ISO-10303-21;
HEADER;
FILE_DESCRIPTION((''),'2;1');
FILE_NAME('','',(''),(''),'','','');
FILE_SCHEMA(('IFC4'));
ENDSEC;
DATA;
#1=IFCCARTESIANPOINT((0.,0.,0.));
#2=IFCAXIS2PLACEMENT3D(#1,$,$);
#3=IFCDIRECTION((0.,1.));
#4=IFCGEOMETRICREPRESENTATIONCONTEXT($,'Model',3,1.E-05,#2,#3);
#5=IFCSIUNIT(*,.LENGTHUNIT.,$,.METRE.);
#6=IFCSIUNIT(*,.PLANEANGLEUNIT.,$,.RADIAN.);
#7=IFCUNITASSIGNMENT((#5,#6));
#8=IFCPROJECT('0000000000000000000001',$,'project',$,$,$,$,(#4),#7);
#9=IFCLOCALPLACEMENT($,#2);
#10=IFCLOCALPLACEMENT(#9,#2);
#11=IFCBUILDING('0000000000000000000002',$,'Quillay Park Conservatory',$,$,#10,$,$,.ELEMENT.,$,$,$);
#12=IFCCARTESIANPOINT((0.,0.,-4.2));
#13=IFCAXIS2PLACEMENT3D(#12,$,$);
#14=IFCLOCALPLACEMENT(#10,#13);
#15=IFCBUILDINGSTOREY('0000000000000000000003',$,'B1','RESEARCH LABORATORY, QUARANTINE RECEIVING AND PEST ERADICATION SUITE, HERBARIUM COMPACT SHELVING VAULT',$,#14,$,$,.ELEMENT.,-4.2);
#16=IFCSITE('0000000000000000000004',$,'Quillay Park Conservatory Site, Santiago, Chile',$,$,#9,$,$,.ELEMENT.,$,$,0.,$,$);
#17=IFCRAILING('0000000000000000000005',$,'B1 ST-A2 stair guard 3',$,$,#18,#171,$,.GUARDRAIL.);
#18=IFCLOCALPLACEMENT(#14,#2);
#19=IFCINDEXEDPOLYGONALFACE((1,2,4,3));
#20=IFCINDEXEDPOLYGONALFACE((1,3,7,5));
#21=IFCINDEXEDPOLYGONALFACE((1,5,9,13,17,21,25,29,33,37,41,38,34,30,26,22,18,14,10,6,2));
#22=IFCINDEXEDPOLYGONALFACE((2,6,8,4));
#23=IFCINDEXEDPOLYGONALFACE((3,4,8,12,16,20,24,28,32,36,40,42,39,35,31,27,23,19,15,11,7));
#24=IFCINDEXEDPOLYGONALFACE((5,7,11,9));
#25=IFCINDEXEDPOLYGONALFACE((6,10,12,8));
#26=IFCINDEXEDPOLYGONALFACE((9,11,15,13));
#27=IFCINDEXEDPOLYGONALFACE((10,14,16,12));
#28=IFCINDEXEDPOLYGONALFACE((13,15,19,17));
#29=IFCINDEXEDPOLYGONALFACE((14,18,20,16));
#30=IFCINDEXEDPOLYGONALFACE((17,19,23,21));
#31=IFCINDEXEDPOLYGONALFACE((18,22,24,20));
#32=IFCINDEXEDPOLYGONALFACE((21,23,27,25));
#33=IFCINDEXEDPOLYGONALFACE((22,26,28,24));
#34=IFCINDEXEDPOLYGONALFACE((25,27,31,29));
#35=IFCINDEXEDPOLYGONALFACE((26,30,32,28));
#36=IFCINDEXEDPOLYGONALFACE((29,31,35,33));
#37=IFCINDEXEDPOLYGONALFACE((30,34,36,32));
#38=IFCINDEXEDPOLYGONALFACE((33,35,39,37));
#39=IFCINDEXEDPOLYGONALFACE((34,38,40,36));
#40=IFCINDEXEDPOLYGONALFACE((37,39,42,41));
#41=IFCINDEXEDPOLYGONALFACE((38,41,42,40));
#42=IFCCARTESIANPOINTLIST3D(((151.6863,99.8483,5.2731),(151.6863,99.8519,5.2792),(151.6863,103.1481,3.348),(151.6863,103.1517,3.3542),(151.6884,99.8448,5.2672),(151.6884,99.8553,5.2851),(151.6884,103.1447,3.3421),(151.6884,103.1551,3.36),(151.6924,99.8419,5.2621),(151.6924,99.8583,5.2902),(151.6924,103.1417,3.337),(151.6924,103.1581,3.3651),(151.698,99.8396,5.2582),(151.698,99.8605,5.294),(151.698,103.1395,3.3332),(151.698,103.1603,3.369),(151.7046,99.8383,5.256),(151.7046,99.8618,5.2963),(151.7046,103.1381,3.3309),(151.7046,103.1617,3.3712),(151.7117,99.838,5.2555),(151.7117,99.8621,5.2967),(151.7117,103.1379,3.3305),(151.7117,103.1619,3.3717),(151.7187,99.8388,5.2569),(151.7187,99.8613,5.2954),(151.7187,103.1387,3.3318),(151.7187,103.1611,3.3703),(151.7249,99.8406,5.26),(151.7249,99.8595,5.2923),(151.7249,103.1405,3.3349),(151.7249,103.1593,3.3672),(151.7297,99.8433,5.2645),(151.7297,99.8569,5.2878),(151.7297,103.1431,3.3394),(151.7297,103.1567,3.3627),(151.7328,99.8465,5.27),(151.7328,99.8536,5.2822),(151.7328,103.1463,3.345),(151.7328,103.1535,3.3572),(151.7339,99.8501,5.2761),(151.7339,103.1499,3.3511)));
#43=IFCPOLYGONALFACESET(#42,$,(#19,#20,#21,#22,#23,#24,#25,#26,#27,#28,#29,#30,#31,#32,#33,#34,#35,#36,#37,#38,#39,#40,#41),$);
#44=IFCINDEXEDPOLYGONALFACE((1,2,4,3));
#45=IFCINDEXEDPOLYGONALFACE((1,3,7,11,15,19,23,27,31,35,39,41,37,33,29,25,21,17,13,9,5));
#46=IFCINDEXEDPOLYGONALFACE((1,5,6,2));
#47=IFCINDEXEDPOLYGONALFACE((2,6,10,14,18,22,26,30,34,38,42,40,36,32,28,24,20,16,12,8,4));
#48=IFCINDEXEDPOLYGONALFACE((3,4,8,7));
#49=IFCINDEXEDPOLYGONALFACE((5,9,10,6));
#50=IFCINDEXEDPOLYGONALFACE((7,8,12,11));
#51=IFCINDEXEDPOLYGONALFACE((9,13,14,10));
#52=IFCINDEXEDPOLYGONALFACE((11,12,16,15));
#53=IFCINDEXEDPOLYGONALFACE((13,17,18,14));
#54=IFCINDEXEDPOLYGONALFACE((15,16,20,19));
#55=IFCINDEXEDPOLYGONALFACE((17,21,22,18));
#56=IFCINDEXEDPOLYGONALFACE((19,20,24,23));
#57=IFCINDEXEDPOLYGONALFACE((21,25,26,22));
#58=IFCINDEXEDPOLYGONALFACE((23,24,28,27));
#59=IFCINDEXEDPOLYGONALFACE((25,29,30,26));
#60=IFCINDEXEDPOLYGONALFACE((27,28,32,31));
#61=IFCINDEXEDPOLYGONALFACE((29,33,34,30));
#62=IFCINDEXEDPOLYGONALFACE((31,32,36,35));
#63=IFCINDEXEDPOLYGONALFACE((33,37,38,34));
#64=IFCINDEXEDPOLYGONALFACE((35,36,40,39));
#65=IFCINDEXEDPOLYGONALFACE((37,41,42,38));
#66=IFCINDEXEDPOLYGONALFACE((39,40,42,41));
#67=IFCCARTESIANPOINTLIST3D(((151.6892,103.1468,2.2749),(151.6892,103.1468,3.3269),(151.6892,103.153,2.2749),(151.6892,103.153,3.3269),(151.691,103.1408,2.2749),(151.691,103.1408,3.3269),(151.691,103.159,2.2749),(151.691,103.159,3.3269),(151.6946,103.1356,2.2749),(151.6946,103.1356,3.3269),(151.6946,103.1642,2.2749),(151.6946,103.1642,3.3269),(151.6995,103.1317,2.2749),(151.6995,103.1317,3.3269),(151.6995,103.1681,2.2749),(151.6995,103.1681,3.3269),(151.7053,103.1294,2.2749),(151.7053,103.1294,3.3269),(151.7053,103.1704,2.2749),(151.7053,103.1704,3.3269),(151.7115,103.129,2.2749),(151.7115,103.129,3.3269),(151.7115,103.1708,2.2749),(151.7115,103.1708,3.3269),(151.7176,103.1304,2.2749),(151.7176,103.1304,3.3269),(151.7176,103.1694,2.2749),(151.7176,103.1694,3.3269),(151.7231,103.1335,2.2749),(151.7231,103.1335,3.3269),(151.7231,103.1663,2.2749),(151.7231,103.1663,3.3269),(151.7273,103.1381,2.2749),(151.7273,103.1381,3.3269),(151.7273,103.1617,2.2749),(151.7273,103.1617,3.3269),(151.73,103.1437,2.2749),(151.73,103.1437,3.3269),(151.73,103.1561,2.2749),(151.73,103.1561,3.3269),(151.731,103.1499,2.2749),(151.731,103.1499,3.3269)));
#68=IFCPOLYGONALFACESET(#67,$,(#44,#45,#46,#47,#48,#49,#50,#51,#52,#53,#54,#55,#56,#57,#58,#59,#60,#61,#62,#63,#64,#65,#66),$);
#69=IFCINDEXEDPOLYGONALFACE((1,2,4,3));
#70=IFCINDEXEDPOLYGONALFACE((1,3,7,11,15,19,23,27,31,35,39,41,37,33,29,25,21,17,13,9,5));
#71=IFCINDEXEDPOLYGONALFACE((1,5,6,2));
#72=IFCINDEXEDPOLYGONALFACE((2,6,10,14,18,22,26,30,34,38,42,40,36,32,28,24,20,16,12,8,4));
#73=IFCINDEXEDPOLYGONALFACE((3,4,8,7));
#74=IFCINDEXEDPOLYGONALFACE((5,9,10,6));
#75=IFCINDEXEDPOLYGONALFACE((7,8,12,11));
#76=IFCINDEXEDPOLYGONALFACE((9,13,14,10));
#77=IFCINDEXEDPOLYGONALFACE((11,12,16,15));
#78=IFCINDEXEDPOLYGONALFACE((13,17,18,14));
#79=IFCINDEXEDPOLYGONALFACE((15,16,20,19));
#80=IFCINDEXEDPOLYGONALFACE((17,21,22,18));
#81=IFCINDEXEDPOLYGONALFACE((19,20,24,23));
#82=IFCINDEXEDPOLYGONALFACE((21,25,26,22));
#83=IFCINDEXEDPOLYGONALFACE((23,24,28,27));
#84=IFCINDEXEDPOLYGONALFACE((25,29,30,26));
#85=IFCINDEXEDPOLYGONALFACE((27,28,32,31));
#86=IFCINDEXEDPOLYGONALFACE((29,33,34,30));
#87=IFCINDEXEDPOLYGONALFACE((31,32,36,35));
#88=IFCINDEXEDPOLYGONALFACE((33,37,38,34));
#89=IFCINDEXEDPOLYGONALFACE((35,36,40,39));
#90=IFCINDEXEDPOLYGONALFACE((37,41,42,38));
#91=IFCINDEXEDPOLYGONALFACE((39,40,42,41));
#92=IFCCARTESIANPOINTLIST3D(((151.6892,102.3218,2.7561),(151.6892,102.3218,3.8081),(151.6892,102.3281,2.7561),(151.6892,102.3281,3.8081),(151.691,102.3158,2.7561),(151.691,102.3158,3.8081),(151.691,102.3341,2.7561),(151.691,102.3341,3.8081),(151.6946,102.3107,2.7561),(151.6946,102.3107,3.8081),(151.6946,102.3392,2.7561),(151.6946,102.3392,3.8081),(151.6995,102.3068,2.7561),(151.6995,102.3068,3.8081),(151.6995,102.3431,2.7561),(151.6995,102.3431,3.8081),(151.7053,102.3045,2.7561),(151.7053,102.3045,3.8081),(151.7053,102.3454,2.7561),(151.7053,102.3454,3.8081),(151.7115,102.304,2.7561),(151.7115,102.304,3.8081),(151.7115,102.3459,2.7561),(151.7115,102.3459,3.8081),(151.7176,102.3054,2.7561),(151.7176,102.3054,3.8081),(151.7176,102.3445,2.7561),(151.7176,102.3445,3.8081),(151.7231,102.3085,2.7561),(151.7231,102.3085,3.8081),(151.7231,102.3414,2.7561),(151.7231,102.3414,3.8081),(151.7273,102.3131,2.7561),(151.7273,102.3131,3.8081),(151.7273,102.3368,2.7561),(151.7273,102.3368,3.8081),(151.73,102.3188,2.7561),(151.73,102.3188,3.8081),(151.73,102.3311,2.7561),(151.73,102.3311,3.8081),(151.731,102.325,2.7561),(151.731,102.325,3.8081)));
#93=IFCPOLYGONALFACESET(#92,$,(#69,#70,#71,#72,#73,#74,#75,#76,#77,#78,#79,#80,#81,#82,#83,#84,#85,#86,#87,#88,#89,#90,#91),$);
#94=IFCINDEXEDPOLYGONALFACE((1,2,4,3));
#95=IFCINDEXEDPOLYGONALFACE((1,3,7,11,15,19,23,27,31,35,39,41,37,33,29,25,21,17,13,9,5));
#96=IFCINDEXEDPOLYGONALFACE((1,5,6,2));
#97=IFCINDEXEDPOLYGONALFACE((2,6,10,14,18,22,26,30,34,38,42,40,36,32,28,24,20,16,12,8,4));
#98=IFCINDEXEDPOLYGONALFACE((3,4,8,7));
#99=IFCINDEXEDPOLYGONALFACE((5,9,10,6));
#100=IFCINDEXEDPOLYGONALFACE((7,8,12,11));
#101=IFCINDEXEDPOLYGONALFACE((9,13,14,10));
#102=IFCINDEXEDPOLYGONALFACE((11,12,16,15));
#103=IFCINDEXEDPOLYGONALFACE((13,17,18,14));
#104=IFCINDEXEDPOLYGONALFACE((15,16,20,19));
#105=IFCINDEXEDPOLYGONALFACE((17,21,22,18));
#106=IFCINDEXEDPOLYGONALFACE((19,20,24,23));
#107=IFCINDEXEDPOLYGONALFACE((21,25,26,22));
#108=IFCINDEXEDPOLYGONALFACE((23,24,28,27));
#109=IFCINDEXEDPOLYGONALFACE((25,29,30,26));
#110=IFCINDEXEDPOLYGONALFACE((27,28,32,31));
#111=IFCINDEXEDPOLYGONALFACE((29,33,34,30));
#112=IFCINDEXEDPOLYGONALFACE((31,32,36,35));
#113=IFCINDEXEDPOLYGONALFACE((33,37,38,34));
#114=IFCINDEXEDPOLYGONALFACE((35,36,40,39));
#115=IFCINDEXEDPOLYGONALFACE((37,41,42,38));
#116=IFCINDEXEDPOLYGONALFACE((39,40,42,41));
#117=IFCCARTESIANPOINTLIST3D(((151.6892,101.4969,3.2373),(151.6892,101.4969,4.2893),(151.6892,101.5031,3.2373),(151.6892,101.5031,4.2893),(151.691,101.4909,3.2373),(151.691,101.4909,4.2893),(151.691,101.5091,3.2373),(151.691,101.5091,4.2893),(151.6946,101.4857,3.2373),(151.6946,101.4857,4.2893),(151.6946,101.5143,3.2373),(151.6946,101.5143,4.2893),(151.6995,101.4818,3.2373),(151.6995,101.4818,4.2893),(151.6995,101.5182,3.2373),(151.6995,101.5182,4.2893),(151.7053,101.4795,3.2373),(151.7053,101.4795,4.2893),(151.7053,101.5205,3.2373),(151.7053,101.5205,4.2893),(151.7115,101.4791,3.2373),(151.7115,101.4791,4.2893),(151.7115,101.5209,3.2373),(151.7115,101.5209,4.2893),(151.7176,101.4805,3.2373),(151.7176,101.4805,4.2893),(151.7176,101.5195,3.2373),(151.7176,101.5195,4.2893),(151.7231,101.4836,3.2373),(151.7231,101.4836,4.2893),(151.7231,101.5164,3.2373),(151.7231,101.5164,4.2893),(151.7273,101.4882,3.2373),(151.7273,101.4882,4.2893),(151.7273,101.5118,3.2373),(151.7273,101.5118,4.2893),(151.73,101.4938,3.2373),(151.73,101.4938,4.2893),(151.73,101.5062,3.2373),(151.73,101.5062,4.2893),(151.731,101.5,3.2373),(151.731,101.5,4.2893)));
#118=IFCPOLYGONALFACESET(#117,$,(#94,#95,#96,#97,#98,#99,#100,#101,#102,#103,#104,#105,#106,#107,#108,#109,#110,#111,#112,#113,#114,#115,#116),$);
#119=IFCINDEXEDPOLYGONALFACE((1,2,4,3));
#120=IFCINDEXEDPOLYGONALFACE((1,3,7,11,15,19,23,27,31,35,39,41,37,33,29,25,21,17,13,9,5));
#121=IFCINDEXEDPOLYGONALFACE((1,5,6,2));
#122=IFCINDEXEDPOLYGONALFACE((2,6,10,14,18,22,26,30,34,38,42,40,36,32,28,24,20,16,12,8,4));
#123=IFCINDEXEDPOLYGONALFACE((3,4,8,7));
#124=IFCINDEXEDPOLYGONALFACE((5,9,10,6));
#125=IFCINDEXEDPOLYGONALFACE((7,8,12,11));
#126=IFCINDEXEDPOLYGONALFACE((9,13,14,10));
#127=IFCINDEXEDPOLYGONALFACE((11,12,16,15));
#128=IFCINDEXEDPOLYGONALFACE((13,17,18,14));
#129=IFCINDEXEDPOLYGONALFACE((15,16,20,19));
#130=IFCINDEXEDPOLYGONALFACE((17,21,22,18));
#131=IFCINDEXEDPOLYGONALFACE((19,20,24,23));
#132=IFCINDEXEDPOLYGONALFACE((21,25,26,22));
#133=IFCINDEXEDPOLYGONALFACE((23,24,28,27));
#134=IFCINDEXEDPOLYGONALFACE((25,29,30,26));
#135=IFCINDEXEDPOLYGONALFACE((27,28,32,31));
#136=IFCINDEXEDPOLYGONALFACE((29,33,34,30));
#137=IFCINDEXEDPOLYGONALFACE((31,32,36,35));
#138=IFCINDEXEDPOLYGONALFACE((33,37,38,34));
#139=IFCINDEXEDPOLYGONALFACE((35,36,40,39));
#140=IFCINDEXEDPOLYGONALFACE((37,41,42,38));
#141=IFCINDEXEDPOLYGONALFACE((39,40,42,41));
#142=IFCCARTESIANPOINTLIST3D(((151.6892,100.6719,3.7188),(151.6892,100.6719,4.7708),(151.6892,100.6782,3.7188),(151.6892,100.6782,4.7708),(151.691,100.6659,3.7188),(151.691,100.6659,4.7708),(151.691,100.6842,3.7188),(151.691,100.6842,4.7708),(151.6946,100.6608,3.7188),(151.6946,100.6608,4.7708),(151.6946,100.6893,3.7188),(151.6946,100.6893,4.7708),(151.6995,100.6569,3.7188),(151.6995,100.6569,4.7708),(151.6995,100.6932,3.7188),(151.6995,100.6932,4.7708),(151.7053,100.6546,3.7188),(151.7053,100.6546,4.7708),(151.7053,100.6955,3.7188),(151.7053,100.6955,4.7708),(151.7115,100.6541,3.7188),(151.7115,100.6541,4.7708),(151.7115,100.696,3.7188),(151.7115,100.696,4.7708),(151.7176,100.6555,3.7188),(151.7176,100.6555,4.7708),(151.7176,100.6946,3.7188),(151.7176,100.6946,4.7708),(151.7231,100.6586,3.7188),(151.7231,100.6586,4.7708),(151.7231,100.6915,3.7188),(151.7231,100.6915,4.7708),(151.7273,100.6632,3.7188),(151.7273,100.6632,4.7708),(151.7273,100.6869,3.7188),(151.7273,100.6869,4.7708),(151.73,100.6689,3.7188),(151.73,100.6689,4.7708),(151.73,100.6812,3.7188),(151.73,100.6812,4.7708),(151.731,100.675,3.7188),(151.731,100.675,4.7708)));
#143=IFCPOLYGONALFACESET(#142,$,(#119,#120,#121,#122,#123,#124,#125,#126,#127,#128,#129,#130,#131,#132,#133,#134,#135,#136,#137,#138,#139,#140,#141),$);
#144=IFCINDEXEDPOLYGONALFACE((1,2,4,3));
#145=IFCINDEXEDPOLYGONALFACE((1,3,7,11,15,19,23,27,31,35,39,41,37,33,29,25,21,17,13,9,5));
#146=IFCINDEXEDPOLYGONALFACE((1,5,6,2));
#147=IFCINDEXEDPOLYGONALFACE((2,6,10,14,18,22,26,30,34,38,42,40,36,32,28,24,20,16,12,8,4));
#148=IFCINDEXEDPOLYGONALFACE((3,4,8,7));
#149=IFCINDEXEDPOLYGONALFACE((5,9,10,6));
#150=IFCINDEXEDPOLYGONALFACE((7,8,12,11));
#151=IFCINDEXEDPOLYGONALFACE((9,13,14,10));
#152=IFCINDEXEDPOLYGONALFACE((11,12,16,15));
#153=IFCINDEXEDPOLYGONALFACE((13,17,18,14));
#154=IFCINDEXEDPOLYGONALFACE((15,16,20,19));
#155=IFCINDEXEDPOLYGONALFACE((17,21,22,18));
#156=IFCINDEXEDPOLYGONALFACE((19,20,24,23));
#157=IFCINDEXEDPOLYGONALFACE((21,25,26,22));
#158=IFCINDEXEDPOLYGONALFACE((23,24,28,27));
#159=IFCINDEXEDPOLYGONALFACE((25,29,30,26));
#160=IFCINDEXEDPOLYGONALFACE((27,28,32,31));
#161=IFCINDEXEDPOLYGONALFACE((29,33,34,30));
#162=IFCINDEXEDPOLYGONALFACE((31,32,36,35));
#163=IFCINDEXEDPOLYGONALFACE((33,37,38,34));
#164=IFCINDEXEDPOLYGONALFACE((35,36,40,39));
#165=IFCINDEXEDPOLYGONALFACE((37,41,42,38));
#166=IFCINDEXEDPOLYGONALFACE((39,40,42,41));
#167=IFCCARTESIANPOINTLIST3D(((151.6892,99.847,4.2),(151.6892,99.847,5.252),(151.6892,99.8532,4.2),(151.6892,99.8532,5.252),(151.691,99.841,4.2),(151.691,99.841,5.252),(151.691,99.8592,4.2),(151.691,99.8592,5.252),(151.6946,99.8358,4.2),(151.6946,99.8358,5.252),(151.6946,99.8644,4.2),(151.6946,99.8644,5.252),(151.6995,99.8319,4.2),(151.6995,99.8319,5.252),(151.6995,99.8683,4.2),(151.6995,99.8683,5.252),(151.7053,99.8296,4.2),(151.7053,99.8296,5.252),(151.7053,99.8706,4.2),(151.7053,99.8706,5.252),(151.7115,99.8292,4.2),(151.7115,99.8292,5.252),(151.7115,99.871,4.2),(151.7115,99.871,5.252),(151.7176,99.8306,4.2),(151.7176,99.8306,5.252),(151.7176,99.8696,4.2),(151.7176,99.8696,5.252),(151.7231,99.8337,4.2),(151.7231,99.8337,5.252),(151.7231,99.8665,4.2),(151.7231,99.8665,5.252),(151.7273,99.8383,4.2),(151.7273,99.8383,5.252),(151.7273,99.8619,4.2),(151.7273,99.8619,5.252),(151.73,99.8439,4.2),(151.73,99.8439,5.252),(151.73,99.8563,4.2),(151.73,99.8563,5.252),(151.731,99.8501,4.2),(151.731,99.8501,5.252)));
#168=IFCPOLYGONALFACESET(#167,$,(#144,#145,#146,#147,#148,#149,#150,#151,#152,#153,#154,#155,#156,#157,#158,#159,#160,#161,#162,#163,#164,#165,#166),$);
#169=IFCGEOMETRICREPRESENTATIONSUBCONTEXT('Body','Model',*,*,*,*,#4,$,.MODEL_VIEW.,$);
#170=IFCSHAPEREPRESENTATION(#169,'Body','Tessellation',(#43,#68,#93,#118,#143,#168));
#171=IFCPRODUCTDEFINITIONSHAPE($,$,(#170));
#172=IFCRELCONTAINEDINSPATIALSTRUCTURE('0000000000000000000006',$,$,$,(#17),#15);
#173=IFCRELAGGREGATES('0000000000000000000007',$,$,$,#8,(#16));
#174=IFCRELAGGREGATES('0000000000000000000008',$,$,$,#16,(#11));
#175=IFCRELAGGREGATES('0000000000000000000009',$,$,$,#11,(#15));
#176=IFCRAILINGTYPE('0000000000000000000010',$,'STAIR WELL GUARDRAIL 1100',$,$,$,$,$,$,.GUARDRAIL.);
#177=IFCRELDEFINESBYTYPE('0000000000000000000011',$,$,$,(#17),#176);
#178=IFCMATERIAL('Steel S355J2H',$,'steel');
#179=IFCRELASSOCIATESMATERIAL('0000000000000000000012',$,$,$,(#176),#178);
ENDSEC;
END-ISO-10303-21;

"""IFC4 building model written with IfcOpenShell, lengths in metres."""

from ifc_helpers import new_model, si_unit, direction, frame, origin, origin_2d, place, context, subcontext, project, spatial, circle, extrude, material, type_object, element, save


model = new_model("IFC4")

# Units and contexts
model_context = context("Model", 3, precision=1e-05, world=origin(), true_north=direction((0.0, 1.0)))
body_context = subcontext(model_context, "Body", "Model", "MODEL_VIEW")
ifc_project = project(units=[si_unit("LENGTHUNIT", "METRE"), si_unit("PLANEANGLEUNIT", "RADIAN")], contexts=[model_context])

# Site, building, storey
site_placement = place(None, origin())
site = spatial("IfcSite", under=ifc_project, at=site_placement, Name="Quillay Park Conservatory Site, Santiago, Chile", CompositionType="ELEMENT", RefElevation=0.0)
building_placement = place(site_placement, origin())
building = spatial("IfcBuilding", under=site, at=building_placement, Name="Quillay Park Conservatory", CompositionType="ELEMENT")
storey_placement = place(building_placement, frame((0.0, 0.0, -4.2)))
storey = spatial("IfcBuildingStorey", under=building, at=storey_placement, Name="B1", Description="RESEARCH LABORATORY, QUARANTINE RECEIVING AND PEST ERADICATION SUITE, HERBARIUM COMPACT SHELVING VAULT", CompositionType="ELEMENT", Elevation=-4.2)

# Railing
ifc_material_1 = material(Name="Steel S355J2H", Category="steel")
railing_type_1 = type_object("IfcRailingType", Name="STAIR WELL GUARDRAIL 1100", PredefinedType="GUARDRAIL", material=ifc_material_1)
railing_1_placement = place(storey_placement, frame((151.71, 103.1499, 2.2749)))
element("IfcRailing", 1, at=railing_1_placement, inside=storey, type_object=railing_type_1, Name="B1 ST-A2 stair guard 3", PredefinedType="GUARDRAIL", context=body_context, shape_type="SweptSolid", body=[
    extrude(circle(Radius=0.0239, at=origin_2d()), frame((0.0, 0.0, 1.0762), z_axis=(0.0, -0.86376, 0.503903), x_axis=(1.0, 0.0, 0.0)), (0.0, 0.0, 1.0), 3.8203),
    extrude(circle(Radius=0.021, at=origin_2d()), origin(), (0.0, 0.0, 1.0), 1.052),
    extrude(circle(Radius=0.021, at=origin_2d()), frame((0.0, -0.825, 0.4812)), (0.0, 0.0, 1.0), 1.052),
    extrude(circle(Radius=0.021, at=origin_2d()), frame((0.0, -1.6499, 0.9624)), (0.0, 0.0, 1.0), 1.052),
    extrude(circle(Radius=0.021, at=origin_2d()), frame((0.0, -2.4749, 1.4438)), (0.0, 0.0, 1.0), 1.052),
    extrude(circle(Radius=0.021, at=origin_2d()), frame((0.0, -3.2998, 1.925)), (0.0, 0.0, 1.0), 1.052),
])

save(model, "model.ifc")
